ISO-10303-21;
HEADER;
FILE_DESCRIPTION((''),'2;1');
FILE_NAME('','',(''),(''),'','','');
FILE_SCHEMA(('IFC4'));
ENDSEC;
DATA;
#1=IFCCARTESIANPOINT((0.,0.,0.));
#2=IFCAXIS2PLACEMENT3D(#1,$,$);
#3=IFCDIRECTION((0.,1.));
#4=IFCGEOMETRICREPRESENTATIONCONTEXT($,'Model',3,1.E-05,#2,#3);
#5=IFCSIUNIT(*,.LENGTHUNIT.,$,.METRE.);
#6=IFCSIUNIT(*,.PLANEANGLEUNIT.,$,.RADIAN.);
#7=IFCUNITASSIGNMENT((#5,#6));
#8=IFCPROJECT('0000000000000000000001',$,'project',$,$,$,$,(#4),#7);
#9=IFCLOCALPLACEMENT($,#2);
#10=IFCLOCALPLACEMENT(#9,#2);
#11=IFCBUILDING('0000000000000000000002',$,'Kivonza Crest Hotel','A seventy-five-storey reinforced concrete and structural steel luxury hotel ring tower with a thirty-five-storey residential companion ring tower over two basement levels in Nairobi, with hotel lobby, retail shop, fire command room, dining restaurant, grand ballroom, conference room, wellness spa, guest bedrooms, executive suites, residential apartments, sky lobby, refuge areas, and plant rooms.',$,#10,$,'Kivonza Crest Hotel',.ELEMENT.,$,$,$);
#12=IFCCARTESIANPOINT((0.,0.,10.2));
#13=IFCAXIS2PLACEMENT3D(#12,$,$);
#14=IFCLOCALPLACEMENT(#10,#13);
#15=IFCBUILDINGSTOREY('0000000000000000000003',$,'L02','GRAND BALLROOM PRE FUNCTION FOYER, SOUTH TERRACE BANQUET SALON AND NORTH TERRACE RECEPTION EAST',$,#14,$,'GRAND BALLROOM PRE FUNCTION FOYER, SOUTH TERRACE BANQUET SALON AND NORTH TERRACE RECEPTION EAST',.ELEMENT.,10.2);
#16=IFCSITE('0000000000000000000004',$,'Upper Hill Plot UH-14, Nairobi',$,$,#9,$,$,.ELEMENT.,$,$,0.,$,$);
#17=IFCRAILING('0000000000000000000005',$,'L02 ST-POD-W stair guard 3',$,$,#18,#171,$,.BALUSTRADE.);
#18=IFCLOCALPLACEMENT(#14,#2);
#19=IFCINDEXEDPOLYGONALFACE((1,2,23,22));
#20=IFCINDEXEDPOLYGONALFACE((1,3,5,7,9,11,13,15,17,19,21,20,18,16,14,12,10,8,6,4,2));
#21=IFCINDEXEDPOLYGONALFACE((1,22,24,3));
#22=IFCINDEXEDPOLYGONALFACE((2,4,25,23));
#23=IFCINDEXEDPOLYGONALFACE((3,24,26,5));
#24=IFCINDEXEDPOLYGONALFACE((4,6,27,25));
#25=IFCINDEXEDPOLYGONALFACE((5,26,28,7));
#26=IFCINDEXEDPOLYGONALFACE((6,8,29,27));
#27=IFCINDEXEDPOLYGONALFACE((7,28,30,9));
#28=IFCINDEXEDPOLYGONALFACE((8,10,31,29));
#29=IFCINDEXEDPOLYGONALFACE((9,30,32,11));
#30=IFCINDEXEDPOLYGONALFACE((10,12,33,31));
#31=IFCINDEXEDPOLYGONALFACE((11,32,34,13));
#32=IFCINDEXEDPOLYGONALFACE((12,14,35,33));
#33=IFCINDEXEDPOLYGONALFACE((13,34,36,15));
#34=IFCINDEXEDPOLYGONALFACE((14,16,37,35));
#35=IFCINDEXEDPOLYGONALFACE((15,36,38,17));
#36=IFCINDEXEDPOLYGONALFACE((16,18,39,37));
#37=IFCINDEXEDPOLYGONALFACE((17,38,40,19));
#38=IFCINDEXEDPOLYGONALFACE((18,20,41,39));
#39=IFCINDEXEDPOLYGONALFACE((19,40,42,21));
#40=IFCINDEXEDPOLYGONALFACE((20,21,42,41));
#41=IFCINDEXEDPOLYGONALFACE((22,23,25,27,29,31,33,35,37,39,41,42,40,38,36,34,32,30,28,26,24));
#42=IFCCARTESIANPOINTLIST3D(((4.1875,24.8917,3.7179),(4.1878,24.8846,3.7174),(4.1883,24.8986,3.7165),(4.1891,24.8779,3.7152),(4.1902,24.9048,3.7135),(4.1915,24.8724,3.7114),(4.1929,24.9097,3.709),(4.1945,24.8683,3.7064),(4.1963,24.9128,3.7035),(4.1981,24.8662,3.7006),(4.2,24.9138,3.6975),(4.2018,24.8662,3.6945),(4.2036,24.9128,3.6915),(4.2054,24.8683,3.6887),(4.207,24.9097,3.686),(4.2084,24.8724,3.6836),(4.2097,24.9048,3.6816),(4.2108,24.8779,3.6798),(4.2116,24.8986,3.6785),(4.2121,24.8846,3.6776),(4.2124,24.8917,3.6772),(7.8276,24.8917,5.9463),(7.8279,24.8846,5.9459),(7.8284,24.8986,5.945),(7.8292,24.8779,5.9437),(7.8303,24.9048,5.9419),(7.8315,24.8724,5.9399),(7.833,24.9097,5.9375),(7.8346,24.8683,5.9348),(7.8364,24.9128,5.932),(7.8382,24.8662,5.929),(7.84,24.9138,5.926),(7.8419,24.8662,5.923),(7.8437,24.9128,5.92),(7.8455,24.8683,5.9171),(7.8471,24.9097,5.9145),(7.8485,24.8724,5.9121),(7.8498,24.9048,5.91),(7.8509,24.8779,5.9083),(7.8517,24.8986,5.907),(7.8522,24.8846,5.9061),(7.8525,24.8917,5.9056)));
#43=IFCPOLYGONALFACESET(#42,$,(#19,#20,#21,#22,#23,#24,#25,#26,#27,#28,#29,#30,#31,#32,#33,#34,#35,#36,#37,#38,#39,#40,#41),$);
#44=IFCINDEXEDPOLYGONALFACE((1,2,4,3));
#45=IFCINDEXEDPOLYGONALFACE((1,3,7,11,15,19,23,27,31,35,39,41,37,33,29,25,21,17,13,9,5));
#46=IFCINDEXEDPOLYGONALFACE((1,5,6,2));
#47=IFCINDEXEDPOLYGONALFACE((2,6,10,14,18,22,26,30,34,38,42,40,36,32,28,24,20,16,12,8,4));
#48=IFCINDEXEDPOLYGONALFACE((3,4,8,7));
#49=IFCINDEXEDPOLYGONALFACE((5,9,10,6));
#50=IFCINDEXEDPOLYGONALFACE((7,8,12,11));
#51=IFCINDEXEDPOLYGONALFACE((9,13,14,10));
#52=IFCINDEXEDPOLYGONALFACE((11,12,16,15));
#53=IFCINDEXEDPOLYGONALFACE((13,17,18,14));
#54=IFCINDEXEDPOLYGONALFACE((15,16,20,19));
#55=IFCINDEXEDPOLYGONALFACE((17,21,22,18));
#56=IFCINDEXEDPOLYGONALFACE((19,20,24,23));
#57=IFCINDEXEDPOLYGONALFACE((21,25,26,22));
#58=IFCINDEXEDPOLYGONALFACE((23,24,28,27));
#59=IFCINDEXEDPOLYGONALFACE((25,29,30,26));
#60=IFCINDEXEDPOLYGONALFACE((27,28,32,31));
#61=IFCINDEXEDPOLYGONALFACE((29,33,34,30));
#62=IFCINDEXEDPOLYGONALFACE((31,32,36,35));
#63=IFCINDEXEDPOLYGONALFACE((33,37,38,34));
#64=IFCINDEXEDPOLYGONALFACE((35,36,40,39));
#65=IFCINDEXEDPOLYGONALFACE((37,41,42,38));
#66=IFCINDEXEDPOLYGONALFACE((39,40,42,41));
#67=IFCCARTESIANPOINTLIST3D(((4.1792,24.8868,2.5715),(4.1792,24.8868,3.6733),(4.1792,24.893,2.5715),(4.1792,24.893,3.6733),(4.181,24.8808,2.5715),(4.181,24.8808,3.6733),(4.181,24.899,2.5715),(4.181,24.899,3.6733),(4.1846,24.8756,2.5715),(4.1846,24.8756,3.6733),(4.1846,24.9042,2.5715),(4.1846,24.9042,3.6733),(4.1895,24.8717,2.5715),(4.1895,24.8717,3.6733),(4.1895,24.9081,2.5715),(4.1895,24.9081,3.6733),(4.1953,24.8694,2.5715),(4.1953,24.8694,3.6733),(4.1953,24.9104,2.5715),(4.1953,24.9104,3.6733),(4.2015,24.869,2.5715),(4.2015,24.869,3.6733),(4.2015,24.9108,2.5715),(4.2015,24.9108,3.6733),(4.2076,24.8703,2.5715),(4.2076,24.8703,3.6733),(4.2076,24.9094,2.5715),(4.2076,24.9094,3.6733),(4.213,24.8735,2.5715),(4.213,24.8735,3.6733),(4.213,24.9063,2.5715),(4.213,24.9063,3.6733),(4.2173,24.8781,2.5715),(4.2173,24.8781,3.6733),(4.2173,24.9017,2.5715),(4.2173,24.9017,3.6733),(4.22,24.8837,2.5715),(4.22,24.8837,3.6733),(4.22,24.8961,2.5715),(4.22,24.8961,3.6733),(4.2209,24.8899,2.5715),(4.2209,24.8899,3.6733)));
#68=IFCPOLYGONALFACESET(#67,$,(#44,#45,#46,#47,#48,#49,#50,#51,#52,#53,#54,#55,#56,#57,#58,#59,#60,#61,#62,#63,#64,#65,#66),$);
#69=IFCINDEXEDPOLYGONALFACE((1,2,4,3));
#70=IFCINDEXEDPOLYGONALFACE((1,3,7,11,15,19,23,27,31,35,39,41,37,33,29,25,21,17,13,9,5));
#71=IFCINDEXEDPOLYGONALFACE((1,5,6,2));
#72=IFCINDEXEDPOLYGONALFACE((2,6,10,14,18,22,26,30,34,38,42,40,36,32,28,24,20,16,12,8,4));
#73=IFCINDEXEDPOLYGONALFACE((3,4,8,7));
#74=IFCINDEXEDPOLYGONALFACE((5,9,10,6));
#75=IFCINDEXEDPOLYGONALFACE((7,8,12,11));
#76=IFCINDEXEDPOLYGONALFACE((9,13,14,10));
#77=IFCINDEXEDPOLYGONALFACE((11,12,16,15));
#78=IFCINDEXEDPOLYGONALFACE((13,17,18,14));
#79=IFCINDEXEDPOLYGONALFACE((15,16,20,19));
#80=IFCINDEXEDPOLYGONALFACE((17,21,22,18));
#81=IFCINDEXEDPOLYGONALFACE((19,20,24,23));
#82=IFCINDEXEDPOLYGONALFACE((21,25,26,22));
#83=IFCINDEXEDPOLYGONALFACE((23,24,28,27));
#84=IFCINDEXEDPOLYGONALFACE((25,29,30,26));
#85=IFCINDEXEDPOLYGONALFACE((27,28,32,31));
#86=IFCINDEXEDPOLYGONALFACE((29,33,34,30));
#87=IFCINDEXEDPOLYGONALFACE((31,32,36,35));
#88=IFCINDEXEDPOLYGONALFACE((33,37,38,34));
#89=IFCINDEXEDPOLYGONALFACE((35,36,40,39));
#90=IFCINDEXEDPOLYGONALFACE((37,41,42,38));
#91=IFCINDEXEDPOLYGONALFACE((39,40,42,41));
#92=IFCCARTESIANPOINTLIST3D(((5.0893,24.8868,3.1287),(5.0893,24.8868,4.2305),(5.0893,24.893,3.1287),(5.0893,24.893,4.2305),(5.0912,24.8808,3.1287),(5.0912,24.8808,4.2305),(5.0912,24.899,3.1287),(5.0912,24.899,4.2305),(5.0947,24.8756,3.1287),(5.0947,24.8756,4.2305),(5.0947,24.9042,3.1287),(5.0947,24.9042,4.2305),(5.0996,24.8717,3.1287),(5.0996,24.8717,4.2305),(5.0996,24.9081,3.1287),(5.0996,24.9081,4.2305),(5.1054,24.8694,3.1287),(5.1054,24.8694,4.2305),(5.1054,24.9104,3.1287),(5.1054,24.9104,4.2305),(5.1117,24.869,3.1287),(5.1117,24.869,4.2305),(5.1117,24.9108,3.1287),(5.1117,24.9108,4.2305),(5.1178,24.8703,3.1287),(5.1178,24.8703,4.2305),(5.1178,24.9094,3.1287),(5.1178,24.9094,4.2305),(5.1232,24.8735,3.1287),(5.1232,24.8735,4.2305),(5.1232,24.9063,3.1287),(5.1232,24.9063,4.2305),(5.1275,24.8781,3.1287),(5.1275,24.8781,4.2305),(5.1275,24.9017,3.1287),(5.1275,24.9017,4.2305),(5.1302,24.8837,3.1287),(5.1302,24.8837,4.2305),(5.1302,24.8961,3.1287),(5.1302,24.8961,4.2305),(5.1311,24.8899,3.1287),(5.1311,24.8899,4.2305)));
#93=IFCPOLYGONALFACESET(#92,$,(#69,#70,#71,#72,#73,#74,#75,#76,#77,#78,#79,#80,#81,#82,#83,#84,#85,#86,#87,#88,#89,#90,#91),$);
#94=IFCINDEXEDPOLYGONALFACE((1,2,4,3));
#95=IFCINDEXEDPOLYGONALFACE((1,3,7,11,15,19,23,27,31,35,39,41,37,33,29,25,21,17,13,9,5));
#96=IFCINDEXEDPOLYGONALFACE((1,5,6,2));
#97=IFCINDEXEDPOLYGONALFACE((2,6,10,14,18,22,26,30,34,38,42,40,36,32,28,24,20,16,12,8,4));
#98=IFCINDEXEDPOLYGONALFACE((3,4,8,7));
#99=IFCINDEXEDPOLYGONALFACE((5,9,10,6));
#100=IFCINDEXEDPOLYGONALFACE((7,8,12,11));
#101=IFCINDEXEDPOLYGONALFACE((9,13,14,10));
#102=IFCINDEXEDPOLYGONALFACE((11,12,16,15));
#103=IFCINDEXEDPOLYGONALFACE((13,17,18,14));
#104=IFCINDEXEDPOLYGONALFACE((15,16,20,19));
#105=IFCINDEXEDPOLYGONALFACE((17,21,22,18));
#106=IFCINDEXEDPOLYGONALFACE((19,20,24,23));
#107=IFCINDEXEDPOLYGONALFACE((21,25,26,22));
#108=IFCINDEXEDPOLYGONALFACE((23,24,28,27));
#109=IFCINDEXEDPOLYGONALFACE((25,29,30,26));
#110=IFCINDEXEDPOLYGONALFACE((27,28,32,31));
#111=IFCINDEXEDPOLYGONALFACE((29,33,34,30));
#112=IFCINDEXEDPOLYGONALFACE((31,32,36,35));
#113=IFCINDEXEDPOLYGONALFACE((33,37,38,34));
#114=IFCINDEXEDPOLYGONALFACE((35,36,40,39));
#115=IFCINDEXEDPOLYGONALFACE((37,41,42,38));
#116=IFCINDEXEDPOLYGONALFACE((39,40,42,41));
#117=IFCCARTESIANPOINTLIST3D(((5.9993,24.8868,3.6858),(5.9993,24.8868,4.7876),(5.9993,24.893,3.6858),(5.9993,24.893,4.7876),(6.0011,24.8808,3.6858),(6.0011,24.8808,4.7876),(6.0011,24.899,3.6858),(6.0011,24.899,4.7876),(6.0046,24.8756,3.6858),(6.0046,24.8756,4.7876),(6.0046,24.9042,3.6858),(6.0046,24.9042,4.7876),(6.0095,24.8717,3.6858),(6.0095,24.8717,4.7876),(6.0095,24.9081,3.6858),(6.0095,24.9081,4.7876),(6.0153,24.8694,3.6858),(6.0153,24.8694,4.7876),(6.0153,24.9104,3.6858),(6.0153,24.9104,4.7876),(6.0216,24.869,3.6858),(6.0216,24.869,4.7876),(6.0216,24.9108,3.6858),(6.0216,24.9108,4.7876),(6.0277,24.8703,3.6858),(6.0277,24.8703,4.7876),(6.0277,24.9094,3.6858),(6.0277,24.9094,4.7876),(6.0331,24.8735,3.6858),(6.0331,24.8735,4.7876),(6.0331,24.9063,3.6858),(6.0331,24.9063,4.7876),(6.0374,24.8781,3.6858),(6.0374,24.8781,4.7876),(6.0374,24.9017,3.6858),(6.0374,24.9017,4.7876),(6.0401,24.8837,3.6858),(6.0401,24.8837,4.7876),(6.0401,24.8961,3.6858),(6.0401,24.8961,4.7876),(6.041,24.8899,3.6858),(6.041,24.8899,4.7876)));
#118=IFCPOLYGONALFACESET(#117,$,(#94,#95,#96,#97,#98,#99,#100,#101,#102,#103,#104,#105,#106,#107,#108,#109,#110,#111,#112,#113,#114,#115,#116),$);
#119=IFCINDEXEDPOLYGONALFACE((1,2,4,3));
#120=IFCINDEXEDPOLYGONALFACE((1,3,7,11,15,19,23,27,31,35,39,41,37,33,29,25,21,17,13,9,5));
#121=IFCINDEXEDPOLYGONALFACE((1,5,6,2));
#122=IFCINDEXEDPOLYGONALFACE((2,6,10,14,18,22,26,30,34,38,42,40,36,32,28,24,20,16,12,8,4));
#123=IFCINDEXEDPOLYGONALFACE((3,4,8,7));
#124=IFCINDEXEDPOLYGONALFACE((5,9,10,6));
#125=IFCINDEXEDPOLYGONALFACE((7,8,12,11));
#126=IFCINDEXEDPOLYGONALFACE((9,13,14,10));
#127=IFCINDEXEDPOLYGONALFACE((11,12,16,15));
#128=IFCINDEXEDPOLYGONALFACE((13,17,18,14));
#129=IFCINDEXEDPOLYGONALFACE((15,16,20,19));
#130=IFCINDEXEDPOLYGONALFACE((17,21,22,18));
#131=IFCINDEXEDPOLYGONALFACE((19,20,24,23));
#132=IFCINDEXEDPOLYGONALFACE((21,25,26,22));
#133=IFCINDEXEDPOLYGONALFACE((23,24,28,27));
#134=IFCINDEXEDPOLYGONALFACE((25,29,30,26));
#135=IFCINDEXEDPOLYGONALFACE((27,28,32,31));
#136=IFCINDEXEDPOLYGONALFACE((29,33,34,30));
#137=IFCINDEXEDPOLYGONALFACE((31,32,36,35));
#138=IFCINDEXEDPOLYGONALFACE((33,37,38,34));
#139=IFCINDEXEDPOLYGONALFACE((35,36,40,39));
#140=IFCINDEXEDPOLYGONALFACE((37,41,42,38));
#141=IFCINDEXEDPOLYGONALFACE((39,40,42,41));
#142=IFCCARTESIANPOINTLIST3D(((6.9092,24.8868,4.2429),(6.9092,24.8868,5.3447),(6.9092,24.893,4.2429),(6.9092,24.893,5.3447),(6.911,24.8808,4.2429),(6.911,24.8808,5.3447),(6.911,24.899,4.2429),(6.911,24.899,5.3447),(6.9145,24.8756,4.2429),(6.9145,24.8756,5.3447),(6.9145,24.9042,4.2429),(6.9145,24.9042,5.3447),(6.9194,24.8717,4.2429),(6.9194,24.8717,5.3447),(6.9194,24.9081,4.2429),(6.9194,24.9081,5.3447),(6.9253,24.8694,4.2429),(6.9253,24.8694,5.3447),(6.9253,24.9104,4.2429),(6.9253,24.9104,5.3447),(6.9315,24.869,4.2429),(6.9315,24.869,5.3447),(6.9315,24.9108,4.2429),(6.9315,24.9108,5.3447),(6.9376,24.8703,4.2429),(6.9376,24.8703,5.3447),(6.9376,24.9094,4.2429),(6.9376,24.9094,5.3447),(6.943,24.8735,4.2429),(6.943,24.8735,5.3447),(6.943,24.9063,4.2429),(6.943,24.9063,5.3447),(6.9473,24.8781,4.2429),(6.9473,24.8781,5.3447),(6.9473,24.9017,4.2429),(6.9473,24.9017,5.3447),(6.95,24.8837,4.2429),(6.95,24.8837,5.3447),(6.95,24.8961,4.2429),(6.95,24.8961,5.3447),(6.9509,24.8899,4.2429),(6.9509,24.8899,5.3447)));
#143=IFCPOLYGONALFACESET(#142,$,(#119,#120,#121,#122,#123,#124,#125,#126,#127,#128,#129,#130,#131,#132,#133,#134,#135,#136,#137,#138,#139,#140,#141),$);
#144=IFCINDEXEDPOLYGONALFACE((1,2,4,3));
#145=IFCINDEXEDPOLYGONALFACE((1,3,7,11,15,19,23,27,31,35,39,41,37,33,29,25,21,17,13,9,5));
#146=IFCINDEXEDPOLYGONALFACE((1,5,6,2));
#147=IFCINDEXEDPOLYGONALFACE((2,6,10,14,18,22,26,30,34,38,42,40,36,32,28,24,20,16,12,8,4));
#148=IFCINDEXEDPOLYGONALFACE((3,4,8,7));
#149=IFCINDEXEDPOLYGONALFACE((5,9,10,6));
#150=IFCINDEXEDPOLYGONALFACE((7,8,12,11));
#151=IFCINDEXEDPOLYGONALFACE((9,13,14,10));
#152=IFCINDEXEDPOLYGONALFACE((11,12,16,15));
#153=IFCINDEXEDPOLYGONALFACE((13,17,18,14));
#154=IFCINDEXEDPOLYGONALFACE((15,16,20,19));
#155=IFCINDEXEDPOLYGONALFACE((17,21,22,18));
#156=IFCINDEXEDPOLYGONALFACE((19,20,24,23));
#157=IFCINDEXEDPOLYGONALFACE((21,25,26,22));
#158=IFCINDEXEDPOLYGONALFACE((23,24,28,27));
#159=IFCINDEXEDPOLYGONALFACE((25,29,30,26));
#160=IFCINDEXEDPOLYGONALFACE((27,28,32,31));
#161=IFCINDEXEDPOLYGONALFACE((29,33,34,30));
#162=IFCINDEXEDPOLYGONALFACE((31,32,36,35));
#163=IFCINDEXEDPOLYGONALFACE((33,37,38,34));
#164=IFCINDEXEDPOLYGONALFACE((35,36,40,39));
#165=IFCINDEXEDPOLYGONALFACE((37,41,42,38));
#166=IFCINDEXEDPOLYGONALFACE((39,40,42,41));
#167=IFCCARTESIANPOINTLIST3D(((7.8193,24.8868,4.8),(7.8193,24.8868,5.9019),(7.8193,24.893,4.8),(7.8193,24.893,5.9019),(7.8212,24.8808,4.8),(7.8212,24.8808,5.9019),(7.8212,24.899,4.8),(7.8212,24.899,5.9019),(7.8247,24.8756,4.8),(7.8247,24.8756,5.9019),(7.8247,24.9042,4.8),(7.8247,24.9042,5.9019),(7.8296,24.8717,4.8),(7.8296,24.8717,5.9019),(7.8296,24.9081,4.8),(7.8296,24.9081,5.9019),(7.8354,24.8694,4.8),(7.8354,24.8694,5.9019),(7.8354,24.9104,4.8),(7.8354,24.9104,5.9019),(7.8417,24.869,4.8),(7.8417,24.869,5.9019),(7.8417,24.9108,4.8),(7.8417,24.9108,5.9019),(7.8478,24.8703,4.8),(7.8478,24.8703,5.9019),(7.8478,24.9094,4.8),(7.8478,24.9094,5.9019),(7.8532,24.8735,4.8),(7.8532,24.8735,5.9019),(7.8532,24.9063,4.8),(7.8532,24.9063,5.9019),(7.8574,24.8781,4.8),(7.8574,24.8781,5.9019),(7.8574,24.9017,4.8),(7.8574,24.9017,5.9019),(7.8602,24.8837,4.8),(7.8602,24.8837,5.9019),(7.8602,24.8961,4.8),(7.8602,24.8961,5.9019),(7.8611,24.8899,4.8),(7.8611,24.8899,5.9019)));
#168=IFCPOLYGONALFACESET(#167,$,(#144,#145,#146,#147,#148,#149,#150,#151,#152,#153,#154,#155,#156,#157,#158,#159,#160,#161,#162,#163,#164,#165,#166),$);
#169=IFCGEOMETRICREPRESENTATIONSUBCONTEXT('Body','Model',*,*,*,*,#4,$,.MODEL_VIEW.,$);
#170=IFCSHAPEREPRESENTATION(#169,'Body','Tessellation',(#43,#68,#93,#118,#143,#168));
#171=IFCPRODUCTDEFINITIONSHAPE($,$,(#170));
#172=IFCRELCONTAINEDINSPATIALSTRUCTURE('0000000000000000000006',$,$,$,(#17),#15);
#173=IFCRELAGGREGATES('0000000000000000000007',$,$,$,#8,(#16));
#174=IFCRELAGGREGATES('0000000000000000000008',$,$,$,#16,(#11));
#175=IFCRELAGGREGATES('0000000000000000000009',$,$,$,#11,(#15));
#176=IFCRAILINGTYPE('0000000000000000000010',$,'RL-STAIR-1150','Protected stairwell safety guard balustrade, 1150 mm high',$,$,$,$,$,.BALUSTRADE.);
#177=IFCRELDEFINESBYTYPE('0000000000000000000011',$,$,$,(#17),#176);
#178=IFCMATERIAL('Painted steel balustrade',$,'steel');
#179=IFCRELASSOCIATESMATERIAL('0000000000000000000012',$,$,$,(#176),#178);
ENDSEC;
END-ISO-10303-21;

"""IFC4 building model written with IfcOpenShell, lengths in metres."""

from ifc_helpers import new_model, si_unit, direction, frame, origin, origin_2d, place, context, subcontext, project, spatial, circle, extrude, material, type_object, element, save


model = new_model("IFC4")

# Units and contexts
model_context = context("Model", 3, precision=1e-05, world=origin(), true_north=direction((0.0, 1.0)))
body_context = subcontext(model_context, "Body", "Model", "MODEL_VIEW")
ifc_project = project(units=[si_unit("LENGTHUNIT", "METRE"), si_unit("PLANEANGLEUNIT", "RADIAN")], contexts=[model_context])

# Site, building, storey
site_placement = place(None, origin())
site = spatial("IfcSite", under=ifc_project, at=site_placement, Name="Upper Hill Plot UH-14, Nairobi", CompositionType="ELEMENT", RefElevation=0.0)
building_placement = place(site_placement, origin())
building = spatial("IfcBuilding", under=site, at=building_placement, Name="Kivonza Crest Hotel", Description="A seventy-five-storey reinforced concrete and structural steel luxury hotel ring tower with a thirty-five-storey residential companion ring tower over two basement levels in Nairobi, with hotel lobby, retail shop, fire command room, dining restaurant, grand ballroom, conference room, wellness spa, guest bedrooms, executive suites, residential apartments, sky lobby, refuge areas, and plant rooms.", LongName="Kivonza Crest Hotel", CompositionType="ELEMENT")
storey_placement = place(building_placement, frame((0.0, 0.0, 10.2)))
storey = spatial("IfcBuildingStorey", under=building, at=storey_placement, Name="L02", Description="GRAND BALLROOM PRE FUNCTION FOYER, SOUTH TERRACE BANQUET SALON AND NORTH TERRACE RECEPTION EAST", LongName="GRAND BALLROOM PRE FUNCTION FOYER, SOUTH TERRACE BANQUET SALON AND NORTH TERRACE RECEPTION EAST", CompositionType="ELEMENT", Elevation=10.2)

# Railing
ifc_material_1 = material(Name="Painted steel balustrade", Category="steel")
railing_type = type_object("IfcRailingType", Name="RL-STAIR-1150", Description="Protected stairwell safety guard balustrade, 1150 mm high", PredefinedType="BALUSTRADE", material=ifc_material_1)
railing_1_placement = place(storey_placement, frame((4.2, 24.8899, 2.5715)))
element("IfcRailing", 1, at=railing_1_placement, inside=storey, type_object=railing_type, Name="L02 ST-POD-W stair guard 3", PredefinedType="BALUSTRADE", context=body_context, shape_type="SweptSolid", body=[
    extrude(circle(Radius=0.0239, at=origin_2d()), frame((0.0, 0.0, 1.126), z_axis=(0.852866, 0.0, 0.52213), x_axis=(0.0, 1.0, 0.0)), (0.0, 0.0, 1.0), 4.2681),
    extrude(circle(Radius=0.021, at=origin_2d()), origin(), (0.0, 0.0, 1.0), 1.1018),
    extrude(circle(Radius=0.021, at=origin_2d()), frame((0.9102, 0.0, 0.5571)), (0.0, 0.0, 1.0), 1.1018),
    extrude(circle(Radius=0.021, at=origin_2d()), frame((1.8201, 0.0, 1.1143)), (0.0, 0.0, 1.0), 1.1018),
    extrude(circle(Radius=0.021, at=origin_2d()), frame((2.73, 0.0, 1.6714)), (0.0, 0.0, 1.0), 1.1018),
    extrude(circle(Radius=0.021, at=origin_2d()), frame((3.6401, 0.0, 2.2285)), (0.0, 0.0, 1.0), 1.1018),
])

save(model, "model.ifc")
